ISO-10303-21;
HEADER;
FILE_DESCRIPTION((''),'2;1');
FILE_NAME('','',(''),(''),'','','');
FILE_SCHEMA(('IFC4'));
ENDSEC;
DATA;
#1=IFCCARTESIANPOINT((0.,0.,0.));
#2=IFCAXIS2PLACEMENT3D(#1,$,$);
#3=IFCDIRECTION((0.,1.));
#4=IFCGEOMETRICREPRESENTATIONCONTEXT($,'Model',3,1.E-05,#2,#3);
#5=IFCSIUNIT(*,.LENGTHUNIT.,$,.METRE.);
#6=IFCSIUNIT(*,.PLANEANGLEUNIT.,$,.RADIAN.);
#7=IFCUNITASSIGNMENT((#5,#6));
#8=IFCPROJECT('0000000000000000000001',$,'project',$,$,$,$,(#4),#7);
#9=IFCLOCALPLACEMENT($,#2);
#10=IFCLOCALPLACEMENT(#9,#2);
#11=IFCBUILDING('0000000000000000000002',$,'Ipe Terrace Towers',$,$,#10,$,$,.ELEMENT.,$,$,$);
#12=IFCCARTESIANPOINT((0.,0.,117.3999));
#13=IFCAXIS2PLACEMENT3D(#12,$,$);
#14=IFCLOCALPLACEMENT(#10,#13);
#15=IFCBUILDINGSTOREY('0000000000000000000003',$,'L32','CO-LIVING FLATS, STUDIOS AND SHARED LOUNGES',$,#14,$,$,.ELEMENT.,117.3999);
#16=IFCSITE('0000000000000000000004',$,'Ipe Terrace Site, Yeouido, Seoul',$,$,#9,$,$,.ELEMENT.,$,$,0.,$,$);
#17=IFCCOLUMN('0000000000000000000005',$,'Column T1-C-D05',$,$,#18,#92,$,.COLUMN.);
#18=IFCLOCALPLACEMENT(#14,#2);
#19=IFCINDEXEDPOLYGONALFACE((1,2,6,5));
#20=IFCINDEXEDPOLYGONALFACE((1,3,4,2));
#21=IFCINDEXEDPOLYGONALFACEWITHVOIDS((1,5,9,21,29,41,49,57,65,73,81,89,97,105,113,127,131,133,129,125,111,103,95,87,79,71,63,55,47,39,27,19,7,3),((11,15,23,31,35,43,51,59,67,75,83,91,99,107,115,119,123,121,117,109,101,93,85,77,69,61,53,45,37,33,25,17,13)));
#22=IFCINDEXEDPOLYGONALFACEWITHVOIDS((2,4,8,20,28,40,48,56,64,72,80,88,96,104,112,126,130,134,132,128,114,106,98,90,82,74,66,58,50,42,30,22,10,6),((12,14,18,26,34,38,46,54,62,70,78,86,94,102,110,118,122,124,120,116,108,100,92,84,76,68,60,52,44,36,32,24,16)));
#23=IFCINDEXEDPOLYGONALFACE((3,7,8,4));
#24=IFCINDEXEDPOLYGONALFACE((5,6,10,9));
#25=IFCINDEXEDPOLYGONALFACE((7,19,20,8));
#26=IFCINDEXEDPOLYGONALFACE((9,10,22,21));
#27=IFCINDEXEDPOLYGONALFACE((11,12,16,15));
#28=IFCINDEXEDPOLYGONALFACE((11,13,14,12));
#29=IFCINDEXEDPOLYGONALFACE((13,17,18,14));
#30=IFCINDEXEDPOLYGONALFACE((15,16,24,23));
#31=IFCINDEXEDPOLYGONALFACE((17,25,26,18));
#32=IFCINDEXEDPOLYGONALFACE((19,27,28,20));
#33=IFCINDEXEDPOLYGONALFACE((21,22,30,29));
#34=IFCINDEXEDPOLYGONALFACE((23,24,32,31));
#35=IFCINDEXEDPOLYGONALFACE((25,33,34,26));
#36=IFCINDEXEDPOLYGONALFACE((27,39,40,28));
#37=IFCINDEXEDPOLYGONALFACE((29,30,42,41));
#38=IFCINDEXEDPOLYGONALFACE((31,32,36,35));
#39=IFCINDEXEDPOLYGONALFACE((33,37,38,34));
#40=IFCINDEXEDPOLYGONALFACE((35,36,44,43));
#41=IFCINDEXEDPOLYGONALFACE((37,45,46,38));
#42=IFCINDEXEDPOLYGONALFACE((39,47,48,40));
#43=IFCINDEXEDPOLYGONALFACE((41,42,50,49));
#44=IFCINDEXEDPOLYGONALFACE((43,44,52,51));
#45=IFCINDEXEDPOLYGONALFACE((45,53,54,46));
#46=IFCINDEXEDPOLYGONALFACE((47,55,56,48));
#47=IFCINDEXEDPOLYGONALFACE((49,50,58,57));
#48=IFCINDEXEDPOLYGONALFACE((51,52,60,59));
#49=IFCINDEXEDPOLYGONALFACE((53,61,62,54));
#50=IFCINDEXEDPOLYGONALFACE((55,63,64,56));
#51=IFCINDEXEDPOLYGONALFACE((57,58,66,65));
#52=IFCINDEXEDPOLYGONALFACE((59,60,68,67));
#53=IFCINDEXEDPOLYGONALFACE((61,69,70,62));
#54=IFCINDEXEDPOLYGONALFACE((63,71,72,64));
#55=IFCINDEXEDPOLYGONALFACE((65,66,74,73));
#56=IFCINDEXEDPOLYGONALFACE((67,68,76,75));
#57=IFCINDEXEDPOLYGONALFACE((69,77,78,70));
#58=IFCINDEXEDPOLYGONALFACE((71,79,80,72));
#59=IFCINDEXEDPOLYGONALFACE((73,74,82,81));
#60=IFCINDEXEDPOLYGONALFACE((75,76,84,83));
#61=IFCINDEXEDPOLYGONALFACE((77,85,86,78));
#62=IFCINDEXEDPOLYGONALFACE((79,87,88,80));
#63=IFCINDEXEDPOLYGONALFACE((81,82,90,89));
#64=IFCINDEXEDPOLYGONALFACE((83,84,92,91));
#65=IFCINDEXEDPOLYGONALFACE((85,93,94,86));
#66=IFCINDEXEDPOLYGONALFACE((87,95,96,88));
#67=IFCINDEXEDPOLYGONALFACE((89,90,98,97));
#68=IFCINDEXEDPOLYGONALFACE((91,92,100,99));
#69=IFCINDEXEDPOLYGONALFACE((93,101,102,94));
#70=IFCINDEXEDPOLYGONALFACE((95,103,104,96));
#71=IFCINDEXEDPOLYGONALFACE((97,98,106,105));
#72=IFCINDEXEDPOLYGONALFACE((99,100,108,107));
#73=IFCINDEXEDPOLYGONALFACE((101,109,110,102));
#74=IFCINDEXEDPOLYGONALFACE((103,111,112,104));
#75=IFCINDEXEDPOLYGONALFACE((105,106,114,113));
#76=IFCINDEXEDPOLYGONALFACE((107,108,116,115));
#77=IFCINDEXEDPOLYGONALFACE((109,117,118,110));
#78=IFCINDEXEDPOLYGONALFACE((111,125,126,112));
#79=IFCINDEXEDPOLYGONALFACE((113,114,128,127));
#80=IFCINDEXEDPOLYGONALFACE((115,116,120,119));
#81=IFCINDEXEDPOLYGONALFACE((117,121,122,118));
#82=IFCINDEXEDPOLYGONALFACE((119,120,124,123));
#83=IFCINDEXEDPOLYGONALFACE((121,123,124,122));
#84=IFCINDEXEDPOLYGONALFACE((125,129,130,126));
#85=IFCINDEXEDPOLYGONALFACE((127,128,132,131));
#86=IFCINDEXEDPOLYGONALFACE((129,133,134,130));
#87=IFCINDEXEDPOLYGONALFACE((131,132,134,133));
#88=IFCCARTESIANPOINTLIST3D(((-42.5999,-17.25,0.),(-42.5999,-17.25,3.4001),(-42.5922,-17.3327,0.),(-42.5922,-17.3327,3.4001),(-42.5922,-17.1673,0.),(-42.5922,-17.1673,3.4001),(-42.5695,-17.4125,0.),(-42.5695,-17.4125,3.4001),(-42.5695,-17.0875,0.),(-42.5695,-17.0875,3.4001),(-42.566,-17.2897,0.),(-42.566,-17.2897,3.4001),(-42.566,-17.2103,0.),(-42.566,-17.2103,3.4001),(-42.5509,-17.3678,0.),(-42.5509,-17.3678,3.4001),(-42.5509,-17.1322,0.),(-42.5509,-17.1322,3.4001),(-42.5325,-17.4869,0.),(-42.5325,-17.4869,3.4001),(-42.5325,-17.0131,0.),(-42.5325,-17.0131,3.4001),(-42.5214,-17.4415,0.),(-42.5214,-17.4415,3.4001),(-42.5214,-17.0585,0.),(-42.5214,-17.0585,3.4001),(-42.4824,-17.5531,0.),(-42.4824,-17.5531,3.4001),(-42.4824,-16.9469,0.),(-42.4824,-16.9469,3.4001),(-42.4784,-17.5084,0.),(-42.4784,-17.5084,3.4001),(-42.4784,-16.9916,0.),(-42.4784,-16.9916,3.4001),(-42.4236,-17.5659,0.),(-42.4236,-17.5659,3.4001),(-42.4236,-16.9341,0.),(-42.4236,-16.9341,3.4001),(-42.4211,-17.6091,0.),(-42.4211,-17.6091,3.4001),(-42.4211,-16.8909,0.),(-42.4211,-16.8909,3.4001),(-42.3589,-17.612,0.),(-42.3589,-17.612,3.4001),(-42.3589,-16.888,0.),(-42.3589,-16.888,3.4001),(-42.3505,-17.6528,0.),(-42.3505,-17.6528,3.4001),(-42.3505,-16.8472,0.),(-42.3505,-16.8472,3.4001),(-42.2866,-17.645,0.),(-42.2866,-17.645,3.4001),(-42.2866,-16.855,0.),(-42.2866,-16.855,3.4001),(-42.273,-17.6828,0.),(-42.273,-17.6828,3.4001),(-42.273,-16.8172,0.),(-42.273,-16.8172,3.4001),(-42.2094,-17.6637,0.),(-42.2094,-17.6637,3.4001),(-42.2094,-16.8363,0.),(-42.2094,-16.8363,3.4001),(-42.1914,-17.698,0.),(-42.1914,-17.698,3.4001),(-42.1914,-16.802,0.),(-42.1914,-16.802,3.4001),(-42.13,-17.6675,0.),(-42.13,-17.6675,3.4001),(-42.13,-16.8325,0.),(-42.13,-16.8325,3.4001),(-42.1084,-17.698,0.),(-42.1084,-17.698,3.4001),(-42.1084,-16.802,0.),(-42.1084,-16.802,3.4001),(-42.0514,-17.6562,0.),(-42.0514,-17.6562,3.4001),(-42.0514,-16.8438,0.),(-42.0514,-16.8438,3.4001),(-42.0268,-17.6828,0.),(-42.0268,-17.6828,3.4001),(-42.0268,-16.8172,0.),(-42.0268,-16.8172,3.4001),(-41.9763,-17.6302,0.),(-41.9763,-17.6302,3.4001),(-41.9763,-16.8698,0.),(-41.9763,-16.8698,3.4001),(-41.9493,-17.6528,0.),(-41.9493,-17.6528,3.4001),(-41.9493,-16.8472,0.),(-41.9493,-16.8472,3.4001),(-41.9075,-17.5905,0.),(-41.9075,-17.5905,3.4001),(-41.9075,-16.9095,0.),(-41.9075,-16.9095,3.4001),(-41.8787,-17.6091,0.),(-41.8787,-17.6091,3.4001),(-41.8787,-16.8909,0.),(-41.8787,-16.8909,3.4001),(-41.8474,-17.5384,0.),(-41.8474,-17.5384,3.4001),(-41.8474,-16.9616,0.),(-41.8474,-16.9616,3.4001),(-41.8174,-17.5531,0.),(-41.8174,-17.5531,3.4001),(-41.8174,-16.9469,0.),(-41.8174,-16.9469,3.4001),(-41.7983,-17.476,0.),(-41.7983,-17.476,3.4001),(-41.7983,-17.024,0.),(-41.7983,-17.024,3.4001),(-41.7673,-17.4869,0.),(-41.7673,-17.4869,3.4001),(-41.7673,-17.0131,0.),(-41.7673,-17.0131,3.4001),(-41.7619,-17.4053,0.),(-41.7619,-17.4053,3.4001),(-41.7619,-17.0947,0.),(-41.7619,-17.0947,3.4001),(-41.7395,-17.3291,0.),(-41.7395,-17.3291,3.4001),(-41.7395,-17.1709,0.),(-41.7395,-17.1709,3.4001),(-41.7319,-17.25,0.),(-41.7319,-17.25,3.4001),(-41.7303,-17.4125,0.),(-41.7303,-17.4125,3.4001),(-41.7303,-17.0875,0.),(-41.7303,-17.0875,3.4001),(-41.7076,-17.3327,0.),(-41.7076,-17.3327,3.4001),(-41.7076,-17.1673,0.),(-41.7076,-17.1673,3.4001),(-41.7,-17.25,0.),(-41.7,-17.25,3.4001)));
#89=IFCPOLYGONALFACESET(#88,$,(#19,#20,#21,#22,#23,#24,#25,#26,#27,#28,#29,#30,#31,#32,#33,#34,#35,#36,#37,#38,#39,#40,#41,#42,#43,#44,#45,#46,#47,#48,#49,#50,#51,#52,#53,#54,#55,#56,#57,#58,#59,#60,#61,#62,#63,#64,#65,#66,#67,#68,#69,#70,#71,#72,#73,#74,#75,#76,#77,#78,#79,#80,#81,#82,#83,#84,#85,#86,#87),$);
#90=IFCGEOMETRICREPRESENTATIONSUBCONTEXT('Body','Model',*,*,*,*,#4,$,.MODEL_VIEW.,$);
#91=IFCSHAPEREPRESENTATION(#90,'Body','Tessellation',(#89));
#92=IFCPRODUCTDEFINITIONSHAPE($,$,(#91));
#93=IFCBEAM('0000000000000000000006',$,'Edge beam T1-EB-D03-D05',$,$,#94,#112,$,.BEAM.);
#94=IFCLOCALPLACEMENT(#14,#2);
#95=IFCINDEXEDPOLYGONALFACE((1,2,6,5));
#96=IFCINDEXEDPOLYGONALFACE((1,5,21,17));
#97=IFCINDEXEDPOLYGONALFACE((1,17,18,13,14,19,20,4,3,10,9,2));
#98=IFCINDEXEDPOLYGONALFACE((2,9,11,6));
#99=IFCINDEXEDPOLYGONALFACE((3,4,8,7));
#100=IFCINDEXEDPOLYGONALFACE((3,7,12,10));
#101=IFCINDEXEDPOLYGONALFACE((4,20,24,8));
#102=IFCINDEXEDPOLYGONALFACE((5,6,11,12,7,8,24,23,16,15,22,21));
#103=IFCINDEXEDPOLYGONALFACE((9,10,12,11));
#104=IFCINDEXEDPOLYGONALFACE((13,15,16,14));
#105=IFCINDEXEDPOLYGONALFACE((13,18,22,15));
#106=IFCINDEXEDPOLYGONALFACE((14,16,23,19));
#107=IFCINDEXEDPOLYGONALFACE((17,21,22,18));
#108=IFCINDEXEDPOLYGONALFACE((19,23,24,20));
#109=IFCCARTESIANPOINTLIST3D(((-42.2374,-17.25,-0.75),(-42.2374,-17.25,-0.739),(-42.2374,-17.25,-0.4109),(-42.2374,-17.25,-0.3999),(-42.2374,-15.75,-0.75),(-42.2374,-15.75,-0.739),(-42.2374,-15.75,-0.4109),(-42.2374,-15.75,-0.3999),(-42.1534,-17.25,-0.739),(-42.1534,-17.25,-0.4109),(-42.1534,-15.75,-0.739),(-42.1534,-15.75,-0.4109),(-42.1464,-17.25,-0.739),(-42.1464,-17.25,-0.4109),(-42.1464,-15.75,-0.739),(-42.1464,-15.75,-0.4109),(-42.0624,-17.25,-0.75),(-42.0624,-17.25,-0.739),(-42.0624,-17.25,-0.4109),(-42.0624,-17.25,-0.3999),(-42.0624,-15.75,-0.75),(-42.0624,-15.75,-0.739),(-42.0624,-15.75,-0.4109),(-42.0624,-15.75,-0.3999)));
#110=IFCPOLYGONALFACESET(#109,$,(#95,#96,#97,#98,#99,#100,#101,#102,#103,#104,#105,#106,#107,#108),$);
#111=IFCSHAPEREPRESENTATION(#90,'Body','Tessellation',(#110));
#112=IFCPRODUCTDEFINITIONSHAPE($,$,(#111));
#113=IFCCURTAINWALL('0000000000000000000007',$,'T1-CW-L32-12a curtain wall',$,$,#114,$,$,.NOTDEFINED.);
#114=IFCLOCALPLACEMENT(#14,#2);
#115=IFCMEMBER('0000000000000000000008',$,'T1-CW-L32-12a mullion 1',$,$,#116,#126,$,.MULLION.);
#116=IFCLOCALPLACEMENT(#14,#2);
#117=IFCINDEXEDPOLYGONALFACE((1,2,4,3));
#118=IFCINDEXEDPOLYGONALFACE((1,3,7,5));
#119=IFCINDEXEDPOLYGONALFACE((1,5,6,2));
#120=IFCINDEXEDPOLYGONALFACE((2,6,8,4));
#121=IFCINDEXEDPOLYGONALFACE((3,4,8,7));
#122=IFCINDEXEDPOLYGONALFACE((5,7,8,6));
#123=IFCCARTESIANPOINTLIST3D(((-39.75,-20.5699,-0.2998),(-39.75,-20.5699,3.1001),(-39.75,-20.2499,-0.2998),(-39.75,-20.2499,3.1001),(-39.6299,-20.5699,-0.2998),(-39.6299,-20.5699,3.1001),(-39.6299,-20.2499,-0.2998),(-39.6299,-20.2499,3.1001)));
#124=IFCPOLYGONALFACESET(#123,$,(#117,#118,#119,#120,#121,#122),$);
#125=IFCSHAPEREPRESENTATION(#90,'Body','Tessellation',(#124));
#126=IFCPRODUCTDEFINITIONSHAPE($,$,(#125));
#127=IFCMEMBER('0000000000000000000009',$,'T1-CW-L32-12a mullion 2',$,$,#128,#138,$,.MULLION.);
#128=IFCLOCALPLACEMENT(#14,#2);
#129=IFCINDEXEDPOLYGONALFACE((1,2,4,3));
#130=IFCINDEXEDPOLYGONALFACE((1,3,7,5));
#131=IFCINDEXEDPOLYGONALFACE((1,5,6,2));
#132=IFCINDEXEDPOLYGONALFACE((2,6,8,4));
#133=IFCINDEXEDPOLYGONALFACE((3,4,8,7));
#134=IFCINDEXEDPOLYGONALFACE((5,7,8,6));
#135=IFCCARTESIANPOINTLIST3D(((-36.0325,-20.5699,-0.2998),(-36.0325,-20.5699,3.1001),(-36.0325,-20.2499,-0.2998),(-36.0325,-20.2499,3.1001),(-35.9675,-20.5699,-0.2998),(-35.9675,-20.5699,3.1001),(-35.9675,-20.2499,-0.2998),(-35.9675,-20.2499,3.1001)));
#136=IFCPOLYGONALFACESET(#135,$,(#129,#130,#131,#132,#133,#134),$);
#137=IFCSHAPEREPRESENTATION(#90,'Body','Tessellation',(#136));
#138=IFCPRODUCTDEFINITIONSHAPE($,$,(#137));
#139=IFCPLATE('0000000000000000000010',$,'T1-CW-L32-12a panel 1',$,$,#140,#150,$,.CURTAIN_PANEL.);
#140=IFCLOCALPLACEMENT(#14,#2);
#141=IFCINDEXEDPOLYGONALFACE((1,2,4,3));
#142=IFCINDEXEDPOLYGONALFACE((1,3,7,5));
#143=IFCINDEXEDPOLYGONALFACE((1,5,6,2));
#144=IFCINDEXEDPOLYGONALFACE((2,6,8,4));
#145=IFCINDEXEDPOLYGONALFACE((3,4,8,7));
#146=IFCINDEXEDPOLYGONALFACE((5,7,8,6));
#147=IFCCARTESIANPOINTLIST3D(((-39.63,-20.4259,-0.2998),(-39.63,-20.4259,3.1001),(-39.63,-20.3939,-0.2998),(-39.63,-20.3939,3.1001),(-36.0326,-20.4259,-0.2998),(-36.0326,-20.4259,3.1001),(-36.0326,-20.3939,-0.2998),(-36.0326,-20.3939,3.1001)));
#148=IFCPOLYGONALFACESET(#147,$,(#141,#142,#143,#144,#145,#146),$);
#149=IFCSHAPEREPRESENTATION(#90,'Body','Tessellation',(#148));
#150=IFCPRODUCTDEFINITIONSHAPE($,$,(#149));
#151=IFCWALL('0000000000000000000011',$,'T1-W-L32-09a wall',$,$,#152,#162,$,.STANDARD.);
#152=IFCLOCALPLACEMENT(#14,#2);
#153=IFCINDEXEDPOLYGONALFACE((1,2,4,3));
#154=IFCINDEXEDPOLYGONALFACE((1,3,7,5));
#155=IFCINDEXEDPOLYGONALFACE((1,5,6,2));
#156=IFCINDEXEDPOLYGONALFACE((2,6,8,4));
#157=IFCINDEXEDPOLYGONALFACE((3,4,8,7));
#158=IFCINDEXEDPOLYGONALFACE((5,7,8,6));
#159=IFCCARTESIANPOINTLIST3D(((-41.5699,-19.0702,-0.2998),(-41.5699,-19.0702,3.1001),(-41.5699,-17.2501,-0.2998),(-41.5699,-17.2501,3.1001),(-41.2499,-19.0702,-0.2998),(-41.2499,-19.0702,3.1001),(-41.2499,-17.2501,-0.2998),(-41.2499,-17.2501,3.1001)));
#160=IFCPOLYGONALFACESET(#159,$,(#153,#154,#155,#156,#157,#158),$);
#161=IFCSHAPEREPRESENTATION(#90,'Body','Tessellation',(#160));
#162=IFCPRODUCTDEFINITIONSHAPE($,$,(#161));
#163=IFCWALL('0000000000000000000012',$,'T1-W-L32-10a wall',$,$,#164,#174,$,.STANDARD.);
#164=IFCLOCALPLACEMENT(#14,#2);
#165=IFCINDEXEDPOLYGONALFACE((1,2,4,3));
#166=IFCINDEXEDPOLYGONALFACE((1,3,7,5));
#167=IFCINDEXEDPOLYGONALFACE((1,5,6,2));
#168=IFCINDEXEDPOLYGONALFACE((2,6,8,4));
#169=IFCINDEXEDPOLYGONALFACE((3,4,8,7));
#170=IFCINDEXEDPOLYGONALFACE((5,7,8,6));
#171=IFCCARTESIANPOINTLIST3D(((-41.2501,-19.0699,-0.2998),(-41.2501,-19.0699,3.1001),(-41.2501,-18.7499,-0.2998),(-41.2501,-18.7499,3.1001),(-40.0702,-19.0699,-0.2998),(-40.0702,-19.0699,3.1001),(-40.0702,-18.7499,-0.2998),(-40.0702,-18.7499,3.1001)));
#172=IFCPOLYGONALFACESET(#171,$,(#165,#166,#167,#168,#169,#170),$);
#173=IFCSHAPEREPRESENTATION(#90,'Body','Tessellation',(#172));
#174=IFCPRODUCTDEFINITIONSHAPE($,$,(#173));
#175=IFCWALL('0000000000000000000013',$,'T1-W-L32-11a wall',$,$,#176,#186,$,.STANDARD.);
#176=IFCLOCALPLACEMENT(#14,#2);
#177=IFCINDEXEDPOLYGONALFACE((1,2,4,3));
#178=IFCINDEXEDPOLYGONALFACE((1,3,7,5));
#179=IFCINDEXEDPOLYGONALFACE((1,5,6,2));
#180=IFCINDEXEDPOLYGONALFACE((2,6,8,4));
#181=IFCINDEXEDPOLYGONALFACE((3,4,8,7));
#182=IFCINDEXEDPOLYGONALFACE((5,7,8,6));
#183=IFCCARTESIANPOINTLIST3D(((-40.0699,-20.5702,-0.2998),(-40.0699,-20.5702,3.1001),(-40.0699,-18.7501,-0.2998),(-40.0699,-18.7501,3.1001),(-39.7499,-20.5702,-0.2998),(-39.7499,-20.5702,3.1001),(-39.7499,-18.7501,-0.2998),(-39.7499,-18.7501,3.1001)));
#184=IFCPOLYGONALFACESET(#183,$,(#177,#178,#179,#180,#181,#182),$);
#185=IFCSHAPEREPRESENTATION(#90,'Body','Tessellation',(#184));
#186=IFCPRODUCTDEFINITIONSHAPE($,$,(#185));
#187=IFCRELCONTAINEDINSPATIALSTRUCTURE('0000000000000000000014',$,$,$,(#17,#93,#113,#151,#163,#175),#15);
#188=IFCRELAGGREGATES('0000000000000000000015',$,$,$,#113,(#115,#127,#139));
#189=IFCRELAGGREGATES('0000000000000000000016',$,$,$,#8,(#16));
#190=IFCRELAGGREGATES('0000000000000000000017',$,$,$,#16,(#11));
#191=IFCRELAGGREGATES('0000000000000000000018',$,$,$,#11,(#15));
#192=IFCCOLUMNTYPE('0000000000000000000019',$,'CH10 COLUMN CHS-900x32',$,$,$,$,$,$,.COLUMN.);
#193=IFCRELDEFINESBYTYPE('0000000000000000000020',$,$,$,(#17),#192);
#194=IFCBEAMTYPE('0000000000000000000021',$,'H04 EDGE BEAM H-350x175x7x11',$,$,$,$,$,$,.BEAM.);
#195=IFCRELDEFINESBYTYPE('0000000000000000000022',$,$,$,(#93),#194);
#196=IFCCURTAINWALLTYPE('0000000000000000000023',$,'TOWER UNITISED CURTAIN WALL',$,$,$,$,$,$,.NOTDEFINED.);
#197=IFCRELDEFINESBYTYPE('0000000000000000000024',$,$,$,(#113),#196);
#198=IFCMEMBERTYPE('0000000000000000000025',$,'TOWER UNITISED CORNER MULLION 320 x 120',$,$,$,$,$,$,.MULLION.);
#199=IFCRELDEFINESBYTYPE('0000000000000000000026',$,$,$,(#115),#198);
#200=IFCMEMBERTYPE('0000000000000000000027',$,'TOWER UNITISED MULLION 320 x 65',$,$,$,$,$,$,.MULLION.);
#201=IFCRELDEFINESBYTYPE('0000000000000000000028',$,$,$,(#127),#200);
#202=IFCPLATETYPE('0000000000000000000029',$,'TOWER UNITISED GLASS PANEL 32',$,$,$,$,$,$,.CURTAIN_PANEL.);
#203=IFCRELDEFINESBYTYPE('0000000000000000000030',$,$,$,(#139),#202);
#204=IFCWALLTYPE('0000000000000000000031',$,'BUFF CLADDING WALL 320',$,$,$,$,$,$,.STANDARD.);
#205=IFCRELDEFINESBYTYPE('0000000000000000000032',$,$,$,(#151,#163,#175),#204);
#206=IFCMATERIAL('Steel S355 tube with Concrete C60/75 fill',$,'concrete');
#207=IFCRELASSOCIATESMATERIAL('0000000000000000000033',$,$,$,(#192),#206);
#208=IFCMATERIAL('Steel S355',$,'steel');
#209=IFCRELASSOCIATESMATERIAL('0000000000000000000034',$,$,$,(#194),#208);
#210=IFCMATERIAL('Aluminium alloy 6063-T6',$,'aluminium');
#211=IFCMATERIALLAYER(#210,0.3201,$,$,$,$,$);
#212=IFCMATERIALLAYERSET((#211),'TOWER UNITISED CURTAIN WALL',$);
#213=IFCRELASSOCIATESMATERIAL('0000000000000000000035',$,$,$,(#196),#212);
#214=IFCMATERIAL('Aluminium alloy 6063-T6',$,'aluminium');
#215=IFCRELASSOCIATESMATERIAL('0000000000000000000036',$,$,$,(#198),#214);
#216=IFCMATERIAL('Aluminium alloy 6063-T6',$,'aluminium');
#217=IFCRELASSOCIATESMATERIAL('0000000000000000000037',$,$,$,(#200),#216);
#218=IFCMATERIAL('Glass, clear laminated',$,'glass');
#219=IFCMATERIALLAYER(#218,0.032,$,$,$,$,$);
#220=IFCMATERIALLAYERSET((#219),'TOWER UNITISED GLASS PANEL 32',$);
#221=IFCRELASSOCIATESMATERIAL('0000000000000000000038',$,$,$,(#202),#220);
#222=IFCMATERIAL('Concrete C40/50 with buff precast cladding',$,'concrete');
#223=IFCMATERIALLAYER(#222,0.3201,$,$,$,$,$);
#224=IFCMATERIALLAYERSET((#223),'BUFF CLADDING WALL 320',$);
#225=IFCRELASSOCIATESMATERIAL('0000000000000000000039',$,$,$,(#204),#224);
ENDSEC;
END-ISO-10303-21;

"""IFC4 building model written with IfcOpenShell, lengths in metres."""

from ifc_helpers import new_model, si_unit, direction, frame, frame_2d, origin, origin_2d, place, context, subcontext, project, spatial, rectangle, hollow_circle, i_section, extrude, material, layer, layer_set, material_profile, profile_set, type_object, element, aggregate, save


model = new_model("IFC4")

# Units and contexts
model_context = context("Model", 3, precision=1e-05, world=origin(), true_north=direction((0.0, 1.0)))
body_context = subcontext(model_context, "Body", "Model", "MODEL_VIEW")
ifc_project = project(units=[si_unit("LENGTHUNIT", "METRE"), si_unit("PLANEANGLEUNIT", "RADIAN")], contexts=[model_context])

# Site, building, storey
site_placement = place(None, origin())
site = spatial("IfcSite", under=ifc_project, at=site_placement, Name="Ipe Terrace Site, Yeouido, Seoul", CompositionType="ELEMENT", RefElevation=0.0)
building_placement = place(site_placement, origin())
building = spatial("IfcBuilding", under=site, at=building_placement, Name="Ipe Terrace Towers", CompositionType="ELEMENT")
storey_placement = place(building_placement, frame((0.0, 0.0, 117.3999)))
storey = spatial("IfcBuildingStorey", under=building, at=storey_placement, Name="L32", Description="CO-LIVING FLATS, STUDIOS AND SHARED LOUNGES", CompositionType="ELEMENT", Elevation=117.3999)

# Column
ifc_material_1 = material(Name="Steel S355 tube with Concrete C60/75 fill", Category="concrete")
ifc_material_profile_1 = material_profile(ifc_material_1, hollow_circle(Radius=0.45, WallThickness=0.032, at=origin_2d()), Name="CHS-900x32")
ifc_profile_set_1 = profile_set([ifc_material_profile_1], Name="Steel S355 tube with Concrete C60/75 fill")
column_type_1 = type_object("IfcColumnType", Name="CH10 COLUMN CHS-900x32", PredefinedType="COLUMN", material=ifc_profile_set_1)
for number, where, z_axis, x_axis, name in (
    (1, (-42.1499, -17.25, 0.0), (0.0, 0.0, 1.0), (1.0, 0.0, 0.0), "Column T1-C-D05"),
):
    element("IfcColumn", number, at=place(storey_placement, frame(where, z_axis=z_axis, x_axis=x_axis)), inside=storey, type_object=column_type_1, Name=name, PredefinedType="COLUMN", context=body_context, shape_type="SweptSolid", body=[
        extrude(hollow_circle(Radius=0.45, WallThickness=0.032, at=origin_2d()), origin(), (0.0, 0.0, 1.0), 3.4001),
    ])

# Beam
ifc_material_2 = material(Name="Steel S355", Category="steel")
ifc_material_profile_2 = material_profile(ifc_material_2, i_section(OverallWidth=0.175, OverallDepth=0.3501, WebThickness=0.0071, FlangeThickness=0.011, at=origin_2d()), Name="H-350x175x7x11")
ifc_profile_set_2 = profile_set([ifc_material_profile_2], Name="Steel S355")
beam_type = type_object("IfcBeamType", Name="H04 EDGE BEAM H-350x175x7x11", PredefinedType="BEAM", material=ifc_profile_set_2)
beam_placement = place(storey_placement, frame((-42.1499, -15.75, -0.575), z_axis=(0.0, -1.0, 0.0), x_axis=(1.0, 0.0, 0.0)))
element("IfcBeam", 2, at=beam_placement, inside=storey, type_object=beam_type, Name="Edge beam T1-EB-D03-D05", PredefinedType="BEAM", context=body_context, shape_type="SweptSolid", body=[
    extrude(i_section(OverallWidth=0.175, OverallDepth=0.3501, WebThickness=0.0071, FlangeThickness=0.011, at=origin_2d()), origin(), (0.0, 0.0, 1.0), 1.5),
])

# Curtain wall, members, plate
ifc_material_3 = material(Name="Aluminium alloy 6063-T6", Category="aluminium")
ifc_layer_1 = layer(ifc_material_3, 0.3201)
ifc_layer_set_1 = layer_set([ifc_layer_1], Name="TOWER UNITISED CURTAIN WALL")
curtain_wall_type = type_object("IfcCurtainWallType", Name="TOWER UNITISED CURTAIN WALL", PredefinedType="NOTDEFINED", material=ifc_layer_set_1)
curtain_wall_placement = place(storey_placement, origin())
curtain_wall = element("IfcCurtainWall", 3, at=curtain_wall_placement, inside=storey, type_object=curtain_wall_type, Name="T1-CW-L32-12a curtain wall", PredefinedType="NOTDEFINED")
ifc_material_4 = material(Name="Aluminium alloy 6063-T6", Category="aluminium")
ifc_material_profile_3 = material_profile(ifc_material_4, rectangle(XDim=0.3201, YDim=0.1201, at=origin_2d()), Name="TOWER UNITISED CORNER MULLION 320 x 120")
ifc_profile_set_3 = profile_set([ifc_material_profile_3], Name="Aluminium alloy 6063-T6")
member_type_1 = type_object("IfcMemberType", Name="TOWER UNITISED CORNER MULLION 320 x 120", PredefinedType="MULLION", material=ifc_profile_set_3)
member_1_placement = place(storey_placement, frame((-39.6899, -20.4099, -0.2998), z_axis=(0.0, 0.0, 1.0), x_axis=(0.0, -1.0, 0.0)))
member_1 = element("IfcMember", 4, at=member_1_placement, type_object=member_type_1, Name="T1-CW-L32-12a mullion 1", PredefinedType="MULLION", context=body_context, shape_type="SweptSolid", body=[
    extrude(rectangle(XDim=0.3201, YDim=0.1201, at=origin_2d()), origin(), (0.0, 0.0, 1.0), 3.3999),
])
ifc_material_5 = material(Name="Aluminium alloy 6063-T6", Category="aluminium")
ifc_material_profile_4 = material_profile(ifc_material_5, rectangle(XDim=0.3201, YDim=0.0649, at=origin_2d()), Name="TOWER UNITISED MULLION 320 x 65")
ifc_profile_set_4 = profile_set([ifc_material_profile_4], Name="Aluminium alloy 6063-T6")
member_type_2 = type_object("IfcMemberType", Name="TOWER UNITISED MULLION 320 x 65", PredefinedType="MULLION", material=ifc_profile_set_4)
member_2_placement = place(storey_placement, frame((-36.0, -20.4099, -0.2998), z_axis=(0.0, 0.0, 1.0), x_axis=(0.0, -1.0, 0.0)))
member_2 = element("IfcMember", 5, at=member_2_placement, type_object=member_type_2, Name="T1-CW-L32-12a mullion 2", PredefinedType="MULLION", context=body_context, shape_type="SweptSolid", body=[
    extrude(rectangle(XDim=0.3201, YDim=0.0649, at=origin_2d()), origin(), (0.0, 0.0, 1.0), 3.3999),
])
ifc_material_6 = material(Name="Glass, clear laminated", Category="glass")
ifc_layer_2 = layer(ifc_material_6, 0.032)
ifc_layer_set_2 = layer_set([ifc_layer_2], Name="TOWER UNITISED GLASS PANEL 32")
plate_type = type_object("IfcPlateType", Name="TOWER UNITISED GLASS PANEL 32", PredefinedType="CURTAIN_PANEL", material=ifc_layer_set_2)
plate_placement = place(storey_placement, frame((-37.8313, -20.4099, -0.2998), z_axis=(0.0, 0.0, 1.0), x_axis=(1.0, 0.0, 0.0)))
plate = element("IfcPlate", 6, at=plate_placement, type_object=plate_type, Name="T1-CW-L32-12a panel 1", PredefinedType="CURTAIN_PANEL", context=body_context, shape_type="SweptSolid", body=[
    extrude(rectangle(XDim=3.5974, YDim=0.032, at=origin_2d()), origin(), (0.0, 0.0, 1.0), 3.3999),
])
aggregate(curtain_wall, [member_1, member_2, plate])

# Walls
ifc_material_7 = material(Name="Concrete C40/50 with buff precast cladding", Category="concrete")
ifc_layer_3 = layer(ifc_material_7, 0.3201)
ifc_layer_set_3 = layer_set([ifc_layer_3], Name="BUFF CLADDING WALL 320")
wall_type_1 = type_object("IfcWallType", Name="BUFF CLADDING WALL 320", PredefinedType="STANDARD", material=ifc_layer_set_3)
wall_1_placement = place(storey_placement, frame((-41.4099, -17.25, -0.2998), z_axis=(0.0, 0.0, 1.0), x_axis=(0.0, -1.0, 0.0)))
element("IfcWall", 7, at=wall_1_placement, inside=storey, type_object=wall_type_1, Name="T1-W-L32-09a wall", PredefinedType="STANDARD", context=body_context, shape_type="SweptSolid", body=[
    extrude(rectangle(XDim=1.8201, YDim=0.3201, at=frame_2d((0.9102, 0.0))), origin(), (0.0, 0.0, 1.0), 3.3999),
])
wall_2_placement = place(storey_placement, frame((-41.25, -18.9099, -0.2998), z_axis=(0.0, 0.0, 1.0), x_axis=(1.0, 0.0, 0.0)))
element("IfcWall", 8, at=wall_2_placement, inside=storey, type_object=wall_type_1, Name="T1-W-L32-10a wall", PredefinedType="STANDARD", context=body_context, shape_type="SweptSolid", body=[
    extrude(rectangle(XDim=1.1799, YDim=0.3201, at=frame_2d((0.5898, 0.0))), origin(), (0.0, 0.0, 1.0), 3.3999),
])
wall_3_placement = place(storey_placement, frame((-39.9099, -18.75, -0.2998), z_axis=(0.0, 0.0, 1.0), x_axis=(0.0, -1.0, 0.0)))
element("IfcWall", 9, at=wall_3_placement, inside=storey, type_object=wall_type_1, Name="T1-W-L32-11a wall", PredefinedType="STANDARD", context=body_context, shape_type="SweptSolid", body=[
    extrude(rectangle(XDim=1.8201, YDim=0.3201, at=frame_2d((0.9102, 0.0))), origin(), (0.0, 0.0, 1.0), 3.3999),
])

save(model, "model.ifc")
